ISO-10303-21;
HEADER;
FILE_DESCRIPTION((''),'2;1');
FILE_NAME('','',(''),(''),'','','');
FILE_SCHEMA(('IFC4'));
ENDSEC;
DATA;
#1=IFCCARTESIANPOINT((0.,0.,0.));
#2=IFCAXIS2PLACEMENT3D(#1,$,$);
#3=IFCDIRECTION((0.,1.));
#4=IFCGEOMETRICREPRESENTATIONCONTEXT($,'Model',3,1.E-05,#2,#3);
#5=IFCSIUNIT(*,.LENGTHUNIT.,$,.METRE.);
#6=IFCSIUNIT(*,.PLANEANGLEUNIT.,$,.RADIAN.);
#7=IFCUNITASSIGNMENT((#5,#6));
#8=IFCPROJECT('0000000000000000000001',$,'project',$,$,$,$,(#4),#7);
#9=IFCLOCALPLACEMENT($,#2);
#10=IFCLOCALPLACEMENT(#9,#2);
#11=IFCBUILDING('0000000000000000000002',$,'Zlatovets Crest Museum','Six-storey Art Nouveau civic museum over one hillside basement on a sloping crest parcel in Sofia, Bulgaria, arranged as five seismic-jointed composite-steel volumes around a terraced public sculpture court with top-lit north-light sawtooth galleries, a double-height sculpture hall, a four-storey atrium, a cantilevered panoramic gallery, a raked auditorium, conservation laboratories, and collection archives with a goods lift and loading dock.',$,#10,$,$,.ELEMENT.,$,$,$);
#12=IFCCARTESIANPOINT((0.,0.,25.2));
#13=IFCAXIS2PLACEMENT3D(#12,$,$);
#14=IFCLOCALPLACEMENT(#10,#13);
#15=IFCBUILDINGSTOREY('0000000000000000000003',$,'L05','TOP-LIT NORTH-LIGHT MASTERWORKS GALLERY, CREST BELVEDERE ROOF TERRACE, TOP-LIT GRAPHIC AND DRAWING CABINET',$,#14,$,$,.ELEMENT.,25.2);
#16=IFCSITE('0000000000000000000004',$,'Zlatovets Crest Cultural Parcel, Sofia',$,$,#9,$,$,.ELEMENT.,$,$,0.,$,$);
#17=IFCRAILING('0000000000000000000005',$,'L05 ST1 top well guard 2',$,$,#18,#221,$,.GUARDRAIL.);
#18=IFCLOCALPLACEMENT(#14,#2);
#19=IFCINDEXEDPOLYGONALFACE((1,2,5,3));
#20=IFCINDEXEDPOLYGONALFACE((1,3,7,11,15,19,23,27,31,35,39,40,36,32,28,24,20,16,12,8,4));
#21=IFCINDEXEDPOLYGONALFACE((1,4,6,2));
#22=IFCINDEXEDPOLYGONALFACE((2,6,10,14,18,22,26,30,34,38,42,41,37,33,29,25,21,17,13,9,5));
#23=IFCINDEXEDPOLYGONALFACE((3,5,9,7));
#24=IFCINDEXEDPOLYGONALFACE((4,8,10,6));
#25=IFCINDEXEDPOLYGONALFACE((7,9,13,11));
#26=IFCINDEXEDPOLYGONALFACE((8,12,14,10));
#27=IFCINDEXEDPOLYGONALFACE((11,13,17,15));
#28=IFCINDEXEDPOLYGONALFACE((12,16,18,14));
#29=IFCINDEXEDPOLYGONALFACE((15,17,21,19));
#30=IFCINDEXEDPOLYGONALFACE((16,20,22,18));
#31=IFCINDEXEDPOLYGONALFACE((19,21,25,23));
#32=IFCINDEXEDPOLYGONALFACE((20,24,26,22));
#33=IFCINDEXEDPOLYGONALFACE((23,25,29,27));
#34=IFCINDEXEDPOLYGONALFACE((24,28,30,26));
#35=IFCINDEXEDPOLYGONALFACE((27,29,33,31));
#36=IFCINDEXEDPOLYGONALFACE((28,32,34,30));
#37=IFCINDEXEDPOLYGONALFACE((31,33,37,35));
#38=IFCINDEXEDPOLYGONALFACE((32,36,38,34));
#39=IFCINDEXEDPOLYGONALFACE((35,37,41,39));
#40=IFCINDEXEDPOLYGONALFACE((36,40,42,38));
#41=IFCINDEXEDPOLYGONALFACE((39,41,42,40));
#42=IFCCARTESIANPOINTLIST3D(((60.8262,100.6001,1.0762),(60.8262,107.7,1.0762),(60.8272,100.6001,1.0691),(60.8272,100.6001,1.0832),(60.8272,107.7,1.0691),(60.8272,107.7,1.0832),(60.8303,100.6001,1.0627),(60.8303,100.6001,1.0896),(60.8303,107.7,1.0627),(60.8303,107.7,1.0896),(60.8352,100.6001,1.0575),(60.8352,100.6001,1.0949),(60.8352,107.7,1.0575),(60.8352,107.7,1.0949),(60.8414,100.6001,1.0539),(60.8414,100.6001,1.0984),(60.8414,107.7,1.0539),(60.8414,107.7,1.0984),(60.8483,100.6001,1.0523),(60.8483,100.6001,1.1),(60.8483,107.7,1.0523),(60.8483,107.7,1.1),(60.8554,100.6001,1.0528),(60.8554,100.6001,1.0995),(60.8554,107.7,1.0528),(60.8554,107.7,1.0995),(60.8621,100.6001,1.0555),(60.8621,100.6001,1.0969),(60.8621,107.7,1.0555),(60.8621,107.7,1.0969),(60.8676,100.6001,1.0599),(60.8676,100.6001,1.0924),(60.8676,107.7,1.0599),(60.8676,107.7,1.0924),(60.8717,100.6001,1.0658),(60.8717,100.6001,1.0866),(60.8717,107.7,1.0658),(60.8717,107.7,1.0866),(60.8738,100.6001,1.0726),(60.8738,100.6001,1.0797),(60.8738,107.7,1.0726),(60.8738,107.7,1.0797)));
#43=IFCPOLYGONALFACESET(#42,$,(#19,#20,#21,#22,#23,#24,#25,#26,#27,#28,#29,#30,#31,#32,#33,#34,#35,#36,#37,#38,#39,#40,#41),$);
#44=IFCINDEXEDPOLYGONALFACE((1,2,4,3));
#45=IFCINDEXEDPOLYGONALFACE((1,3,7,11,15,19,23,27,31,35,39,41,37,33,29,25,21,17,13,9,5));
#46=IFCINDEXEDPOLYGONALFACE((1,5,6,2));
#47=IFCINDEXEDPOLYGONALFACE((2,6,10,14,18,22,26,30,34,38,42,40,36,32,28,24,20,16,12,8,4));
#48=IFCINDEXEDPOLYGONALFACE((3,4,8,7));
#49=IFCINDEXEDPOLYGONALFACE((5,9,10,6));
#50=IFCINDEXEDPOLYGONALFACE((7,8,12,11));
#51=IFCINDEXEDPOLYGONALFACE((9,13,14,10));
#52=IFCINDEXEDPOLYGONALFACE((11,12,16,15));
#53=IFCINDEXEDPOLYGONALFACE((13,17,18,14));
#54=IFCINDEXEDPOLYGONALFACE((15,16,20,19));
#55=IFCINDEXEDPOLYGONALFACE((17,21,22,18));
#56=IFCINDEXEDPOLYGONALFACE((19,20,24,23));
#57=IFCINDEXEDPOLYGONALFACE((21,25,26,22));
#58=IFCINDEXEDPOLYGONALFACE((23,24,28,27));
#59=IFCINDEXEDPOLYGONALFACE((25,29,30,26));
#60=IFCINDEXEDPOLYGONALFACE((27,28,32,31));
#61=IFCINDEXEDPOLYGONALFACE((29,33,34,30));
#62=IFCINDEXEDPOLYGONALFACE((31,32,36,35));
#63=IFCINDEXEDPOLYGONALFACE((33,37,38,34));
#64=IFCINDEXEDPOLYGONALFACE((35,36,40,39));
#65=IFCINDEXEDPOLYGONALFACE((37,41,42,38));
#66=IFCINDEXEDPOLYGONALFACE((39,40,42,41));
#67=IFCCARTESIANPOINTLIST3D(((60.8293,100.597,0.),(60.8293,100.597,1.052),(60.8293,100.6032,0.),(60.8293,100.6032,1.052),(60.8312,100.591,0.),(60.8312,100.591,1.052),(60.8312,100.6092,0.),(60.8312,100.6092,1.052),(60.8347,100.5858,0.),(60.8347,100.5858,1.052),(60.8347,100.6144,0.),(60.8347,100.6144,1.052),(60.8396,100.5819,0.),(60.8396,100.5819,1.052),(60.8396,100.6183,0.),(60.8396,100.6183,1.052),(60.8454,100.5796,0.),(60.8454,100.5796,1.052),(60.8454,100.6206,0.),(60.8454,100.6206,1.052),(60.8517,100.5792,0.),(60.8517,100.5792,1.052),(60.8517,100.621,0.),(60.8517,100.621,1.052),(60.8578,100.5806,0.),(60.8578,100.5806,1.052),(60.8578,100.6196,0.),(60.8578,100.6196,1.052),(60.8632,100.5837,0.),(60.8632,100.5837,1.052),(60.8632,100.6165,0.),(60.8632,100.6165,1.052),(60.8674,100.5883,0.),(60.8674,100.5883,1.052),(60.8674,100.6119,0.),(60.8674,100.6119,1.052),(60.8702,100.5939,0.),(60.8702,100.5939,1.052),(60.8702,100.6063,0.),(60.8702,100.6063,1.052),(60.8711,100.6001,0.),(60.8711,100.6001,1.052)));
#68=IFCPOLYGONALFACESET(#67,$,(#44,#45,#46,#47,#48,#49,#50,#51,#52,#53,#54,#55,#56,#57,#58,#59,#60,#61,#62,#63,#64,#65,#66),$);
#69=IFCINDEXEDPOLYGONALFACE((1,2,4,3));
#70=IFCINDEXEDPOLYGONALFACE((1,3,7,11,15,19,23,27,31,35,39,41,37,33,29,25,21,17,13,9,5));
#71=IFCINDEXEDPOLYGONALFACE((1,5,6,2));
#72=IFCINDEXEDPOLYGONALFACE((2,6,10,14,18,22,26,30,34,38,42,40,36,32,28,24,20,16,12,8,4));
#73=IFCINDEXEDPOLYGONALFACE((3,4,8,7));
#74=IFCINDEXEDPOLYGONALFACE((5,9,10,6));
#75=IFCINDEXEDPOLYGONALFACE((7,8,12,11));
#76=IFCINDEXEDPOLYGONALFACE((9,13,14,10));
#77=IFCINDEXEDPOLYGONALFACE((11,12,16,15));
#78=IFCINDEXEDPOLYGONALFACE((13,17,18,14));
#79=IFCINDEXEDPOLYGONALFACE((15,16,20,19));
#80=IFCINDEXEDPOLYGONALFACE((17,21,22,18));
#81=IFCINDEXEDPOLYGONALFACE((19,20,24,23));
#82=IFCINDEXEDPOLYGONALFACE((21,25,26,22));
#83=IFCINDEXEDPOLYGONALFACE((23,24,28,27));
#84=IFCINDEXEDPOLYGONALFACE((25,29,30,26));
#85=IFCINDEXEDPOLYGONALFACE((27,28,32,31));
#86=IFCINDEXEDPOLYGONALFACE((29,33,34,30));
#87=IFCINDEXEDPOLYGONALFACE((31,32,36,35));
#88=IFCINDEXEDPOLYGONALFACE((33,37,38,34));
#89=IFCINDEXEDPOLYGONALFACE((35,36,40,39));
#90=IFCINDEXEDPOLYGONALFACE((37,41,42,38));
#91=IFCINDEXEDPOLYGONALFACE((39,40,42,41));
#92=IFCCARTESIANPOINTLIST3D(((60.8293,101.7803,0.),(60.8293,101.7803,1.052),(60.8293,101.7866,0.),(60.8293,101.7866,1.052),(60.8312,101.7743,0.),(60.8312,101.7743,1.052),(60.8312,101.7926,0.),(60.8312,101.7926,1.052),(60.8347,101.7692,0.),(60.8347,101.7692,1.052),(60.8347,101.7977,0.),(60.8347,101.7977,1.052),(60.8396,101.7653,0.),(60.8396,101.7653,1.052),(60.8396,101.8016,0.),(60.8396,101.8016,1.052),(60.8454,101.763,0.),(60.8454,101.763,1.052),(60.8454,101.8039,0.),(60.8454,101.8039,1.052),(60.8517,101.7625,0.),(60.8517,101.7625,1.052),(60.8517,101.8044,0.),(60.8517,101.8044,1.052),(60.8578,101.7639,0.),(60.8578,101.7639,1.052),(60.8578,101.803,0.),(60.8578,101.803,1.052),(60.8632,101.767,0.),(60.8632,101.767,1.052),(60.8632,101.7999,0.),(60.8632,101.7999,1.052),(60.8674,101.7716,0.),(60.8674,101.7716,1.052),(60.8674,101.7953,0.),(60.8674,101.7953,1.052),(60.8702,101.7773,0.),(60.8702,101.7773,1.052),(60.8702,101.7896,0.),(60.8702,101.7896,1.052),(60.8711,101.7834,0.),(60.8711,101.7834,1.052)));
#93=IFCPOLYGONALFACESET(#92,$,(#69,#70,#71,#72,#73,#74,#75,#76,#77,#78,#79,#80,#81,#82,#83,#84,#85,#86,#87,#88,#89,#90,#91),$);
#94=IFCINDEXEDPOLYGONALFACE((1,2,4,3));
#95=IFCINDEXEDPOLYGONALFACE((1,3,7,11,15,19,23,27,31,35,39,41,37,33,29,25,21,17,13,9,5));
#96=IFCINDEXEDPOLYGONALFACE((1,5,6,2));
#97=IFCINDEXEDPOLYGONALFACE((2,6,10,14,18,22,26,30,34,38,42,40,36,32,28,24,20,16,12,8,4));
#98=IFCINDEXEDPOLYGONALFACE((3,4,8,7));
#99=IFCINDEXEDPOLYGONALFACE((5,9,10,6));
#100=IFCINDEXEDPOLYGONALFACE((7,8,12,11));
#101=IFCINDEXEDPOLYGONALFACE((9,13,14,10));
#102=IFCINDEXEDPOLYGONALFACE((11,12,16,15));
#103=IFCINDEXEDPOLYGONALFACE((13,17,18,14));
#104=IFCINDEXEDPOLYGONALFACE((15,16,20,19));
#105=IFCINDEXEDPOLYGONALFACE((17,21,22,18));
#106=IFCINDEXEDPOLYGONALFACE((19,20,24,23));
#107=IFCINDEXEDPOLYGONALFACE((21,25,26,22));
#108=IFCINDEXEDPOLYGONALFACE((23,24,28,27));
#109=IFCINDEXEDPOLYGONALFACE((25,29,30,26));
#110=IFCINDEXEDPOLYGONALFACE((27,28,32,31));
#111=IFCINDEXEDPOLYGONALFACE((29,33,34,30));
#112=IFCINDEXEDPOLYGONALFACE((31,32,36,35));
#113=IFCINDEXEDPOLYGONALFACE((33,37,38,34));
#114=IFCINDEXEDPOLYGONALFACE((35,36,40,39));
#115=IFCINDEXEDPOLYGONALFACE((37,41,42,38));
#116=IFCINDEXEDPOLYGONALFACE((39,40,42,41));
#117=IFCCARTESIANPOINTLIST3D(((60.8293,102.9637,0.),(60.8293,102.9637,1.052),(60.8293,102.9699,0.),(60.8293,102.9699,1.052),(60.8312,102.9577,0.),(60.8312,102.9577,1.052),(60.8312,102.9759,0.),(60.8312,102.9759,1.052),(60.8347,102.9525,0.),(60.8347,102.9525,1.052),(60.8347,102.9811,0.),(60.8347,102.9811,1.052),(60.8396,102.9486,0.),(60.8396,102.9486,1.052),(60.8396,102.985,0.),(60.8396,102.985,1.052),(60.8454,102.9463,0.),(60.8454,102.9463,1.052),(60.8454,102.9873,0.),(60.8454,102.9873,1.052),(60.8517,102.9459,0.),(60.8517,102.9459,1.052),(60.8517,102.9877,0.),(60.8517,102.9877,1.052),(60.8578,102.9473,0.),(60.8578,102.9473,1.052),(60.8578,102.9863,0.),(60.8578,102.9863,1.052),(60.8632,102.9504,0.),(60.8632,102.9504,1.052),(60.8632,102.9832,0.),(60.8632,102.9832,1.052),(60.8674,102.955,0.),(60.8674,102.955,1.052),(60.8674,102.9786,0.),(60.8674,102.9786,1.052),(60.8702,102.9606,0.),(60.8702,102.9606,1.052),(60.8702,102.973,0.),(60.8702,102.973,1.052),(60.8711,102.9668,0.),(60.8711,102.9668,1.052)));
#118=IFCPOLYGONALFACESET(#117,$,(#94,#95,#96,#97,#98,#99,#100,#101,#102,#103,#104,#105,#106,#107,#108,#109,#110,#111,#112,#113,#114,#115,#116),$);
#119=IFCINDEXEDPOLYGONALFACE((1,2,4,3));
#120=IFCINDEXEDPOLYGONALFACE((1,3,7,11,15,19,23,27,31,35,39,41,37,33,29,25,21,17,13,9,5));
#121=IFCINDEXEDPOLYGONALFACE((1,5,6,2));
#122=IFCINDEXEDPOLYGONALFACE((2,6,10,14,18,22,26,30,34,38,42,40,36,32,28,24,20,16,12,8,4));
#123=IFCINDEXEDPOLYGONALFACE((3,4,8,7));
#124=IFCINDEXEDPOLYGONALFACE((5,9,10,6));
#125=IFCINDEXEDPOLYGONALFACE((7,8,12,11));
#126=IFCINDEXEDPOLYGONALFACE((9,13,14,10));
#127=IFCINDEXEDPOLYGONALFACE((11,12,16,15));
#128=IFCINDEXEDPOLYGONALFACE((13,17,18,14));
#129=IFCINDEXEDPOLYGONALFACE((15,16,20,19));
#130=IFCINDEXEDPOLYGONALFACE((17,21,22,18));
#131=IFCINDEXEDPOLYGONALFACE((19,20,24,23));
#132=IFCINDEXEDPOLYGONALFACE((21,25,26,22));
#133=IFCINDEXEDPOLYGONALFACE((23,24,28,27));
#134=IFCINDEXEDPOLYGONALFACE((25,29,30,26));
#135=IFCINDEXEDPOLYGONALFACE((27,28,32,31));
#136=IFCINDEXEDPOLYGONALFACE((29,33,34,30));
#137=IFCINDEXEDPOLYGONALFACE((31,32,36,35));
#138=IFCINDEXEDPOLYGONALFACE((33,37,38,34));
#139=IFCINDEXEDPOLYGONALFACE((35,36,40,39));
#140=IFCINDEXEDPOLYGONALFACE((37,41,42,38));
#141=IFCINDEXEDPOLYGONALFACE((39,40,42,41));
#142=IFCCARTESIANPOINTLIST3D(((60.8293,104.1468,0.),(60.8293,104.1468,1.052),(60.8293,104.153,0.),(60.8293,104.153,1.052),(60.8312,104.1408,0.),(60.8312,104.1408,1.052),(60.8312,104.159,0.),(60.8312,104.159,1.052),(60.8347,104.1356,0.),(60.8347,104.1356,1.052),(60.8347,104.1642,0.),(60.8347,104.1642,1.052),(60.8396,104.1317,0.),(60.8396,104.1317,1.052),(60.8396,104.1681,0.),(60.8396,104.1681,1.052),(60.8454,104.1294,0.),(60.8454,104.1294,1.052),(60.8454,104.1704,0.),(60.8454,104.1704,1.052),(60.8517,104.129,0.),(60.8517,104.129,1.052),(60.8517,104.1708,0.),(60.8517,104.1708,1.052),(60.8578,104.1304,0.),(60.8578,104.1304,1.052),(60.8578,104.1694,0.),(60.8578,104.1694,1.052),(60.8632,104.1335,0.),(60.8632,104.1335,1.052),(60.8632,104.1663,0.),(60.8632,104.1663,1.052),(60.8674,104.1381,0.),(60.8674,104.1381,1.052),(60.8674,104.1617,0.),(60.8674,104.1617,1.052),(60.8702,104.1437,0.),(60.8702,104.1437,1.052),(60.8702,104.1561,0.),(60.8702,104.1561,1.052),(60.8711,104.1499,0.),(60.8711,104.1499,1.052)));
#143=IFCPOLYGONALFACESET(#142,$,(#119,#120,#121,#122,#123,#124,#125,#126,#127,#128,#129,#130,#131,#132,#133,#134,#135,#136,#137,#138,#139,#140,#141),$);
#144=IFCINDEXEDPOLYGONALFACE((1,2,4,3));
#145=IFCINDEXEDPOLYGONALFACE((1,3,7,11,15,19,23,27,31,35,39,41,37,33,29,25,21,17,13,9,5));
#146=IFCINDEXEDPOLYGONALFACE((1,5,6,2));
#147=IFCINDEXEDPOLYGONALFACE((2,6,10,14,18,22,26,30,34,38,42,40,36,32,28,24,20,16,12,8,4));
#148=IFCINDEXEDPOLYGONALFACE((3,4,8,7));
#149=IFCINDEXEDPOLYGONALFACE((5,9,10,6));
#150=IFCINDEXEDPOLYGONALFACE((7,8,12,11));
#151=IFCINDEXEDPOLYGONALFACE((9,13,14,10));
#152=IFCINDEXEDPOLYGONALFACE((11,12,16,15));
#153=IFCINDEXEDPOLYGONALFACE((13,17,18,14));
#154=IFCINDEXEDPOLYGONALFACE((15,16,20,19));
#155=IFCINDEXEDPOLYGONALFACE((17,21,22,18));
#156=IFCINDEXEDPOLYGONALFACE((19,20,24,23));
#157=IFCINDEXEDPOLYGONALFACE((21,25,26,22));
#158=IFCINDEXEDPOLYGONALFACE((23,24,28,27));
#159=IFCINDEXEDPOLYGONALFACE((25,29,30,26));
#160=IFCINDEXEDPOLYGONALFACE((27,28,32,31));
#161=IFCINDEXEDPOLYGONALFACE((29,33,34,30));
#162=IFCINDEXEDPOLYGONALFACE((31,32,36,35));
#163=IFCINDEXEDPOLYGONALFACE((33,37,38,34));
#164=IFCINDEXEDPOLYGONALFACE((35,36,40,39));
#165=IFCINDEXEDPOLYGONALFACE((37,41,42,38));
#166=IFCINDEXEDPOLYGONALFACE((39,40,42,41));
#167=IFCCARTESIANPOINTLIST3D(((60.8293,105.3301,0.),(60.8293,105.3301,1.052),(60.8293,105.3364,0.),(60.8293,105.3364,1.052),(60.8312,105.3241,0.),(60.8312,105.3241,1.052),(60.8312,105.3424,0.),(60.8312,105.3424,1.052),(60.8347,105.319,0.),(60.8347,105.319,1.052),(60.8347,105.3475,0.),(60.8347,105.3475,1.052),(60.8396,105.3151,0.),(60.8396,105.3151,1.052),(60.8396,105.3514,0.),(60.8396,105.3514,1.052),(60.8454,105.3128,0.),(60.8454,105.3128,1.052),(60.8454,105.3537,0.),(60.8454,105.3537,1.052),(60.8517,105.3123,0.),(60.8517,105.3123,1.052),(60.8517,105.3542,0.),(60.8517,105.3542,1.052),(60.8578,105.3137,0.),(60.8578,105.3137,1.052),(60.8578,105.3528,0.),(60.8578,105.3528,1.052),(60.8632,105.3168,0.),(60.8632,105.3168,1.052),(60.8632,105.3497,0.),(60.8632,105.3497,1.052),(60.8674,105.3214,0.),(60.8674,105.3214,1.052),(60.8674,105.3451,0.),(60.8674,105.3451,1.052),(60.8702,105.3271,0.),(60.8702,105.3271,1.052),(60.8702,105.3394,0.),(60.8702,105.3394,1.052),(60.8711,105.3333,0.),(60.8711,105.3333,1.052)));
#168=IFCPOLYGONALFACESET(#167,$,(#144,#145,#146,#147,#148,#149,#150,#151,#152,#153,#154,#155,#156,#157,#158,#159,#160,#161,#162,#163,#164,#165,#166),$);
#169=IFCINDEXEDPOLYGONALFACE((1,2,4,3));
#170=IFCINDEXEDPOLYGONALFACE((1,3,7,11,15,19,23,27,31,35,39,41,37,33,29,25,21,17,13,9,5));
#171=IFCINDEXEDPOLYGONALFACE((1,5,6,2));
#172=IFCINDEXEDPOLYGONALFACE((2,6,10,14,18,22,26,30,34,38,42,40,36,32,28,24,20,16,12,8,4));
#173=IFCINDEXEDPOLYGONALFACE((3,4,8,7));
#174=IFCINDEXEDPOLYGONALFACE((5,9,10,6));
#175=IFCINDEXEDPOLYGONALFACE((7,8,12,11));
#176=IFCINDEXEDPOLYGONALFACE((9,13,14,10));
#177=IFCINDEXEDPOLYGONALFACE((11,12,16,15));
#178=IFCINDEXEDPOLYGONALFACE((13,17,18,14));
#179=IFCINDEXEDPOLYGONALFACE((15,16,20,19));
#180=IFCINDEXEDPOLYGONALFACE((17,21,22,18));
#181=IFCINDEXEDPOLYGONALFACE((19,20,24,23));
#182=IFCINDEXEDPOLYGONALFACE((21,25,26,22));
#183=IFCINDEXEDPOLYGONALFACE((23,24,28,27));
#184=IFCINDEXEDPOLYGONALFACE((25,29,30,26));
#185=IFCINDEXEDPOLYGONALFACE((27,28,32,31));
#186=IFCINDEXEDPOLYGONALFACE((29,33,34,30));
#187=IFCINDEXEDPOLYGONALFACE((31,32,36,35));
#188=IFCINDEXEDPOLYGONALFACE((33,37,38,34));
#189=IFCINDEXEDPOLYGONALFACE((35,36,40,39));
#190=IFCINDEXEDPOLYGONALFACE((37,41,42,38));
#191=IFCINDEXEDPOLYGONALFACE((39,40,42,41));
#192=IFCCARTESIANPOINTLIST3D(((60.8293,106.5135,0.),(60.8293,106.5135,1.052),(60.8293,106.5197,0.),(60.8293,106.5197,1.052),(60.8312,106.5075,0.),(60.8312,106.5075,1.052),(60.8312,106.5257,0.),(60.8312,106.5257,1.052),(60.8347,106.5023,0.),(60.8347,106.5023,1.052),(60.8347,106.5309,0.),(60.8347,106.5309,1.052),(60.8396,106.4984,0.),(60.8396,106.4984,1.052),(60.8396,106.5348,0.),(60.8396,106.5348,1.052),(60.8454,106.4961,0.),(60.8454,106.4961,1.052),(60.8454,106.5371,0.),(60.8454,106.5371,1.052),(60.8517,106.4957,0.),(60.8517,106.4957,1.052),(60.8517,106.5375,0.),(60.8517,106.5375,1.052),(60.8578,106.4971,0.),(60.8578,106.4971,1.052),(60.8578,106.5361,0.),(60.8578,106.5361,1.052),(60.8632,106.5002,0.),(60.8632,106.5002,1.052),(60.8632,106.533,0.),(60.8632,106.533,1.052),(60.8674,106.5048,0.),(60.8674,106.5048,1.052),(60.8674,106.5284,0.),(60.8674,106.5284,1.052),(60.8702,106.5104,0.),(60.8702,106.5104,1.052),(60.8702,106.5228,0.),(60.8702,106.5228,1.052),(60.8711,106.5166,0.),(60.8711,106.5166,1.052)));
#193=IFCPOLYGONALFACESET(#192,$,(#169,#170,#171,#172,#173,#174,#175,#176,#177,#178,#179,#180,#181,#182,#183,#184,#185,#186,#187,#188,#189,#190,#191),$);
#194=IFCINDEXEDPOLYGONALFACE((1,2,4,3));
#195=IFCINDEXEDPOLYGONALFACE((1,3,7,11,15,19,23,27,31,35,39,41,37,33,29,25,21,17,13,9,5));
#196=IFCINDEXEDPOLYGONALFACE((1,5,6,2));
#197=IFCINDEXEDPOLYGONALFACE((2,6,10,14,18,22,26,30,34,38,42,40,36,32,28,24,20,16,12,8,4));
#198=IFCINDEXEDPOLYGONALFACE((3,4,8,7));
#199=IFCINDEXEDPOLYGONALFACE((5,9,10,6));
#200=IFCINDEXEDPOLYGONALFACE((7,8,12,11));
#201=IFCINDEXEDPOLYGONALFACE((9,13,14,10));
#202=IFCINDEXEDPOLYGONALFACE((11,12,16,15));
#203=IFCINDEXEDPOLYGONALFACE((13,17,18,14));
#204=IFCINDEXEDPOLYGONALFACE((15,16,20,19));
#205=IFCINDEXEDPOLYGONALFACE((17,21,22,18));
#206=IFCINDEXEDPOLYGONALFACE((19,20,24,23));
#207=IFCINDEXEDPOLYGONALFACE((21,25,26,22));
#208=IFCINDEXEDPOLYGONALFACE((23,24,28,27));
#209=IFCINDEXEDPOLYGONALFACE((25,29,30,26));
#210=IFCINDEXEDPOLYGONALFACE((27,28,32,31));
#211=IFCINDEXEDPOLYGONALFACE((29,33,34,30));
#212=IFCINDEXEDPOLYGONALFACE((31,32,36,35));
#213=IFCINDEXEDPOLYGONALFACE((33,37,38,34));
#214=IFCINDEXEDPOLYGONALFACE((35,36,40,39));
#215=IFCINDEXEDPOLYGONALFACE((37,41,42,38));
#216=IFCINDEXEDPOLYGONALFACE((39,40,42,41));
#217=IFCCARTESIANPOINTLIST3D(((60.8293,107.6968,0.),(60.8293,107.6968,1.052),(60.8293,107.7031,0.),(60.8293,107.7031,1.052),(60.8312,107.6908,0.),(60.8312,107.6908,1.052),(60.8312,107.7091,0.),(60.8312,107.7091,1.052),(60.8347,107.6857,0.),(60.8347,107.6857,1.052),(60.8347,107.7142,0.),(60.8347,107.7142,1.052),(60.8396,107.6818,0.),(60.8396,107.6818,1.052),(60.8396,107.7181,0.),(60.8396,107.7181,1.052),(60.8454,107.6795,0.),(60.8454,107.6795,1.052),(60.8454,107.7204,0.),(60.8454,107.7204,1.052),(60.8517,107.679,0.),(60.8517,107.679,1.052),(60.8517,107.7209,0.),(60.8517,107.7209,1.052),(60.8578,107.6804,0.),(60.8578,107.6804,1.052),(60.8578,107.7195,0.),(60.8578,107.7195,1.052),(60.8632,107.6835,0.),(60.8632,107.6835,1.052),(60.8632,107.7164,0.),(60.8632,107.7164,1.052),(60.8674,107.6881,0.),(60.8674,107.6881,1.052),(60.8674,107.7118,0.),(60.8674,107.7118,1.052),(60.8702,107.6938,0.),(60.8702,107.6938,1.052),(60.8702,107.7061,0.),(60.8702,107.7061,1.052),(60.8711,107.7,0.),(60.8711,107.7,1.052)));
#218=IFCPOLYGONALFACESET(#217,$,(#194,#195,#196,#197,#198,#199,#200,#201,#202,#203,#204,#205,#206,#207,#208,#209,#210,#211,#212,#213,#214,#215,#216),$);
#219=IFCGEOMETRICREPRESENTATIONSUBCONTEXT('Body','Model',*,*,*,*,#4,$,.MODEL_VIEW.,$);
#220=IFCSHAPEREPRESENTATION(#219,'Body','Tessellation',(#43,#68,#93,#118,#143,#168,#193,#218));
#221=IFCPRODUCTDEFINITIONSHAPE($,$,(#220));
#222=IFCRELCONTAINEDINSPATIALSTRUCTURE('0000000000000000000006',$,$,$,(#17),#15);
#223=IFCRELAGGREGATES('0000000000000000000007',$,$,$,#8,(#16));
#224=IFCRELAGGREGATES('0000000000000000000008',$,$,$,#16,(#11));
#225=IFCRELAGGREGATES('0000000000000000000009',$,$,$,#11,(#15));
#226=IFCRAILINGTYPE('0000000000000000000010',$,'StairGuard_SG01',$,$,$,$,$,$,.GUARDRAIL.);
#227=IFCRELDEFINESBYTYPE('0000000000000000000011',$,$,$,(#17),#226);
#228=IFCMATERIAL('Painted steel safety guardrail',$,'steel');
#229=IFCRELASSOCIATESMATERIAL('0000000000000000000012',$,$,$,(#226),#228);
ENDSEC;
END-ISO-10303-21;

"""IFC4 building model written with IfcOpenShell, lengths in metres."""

from ifc_helpers import new_model, si_unit, direction, frame, origin, origin_2d, place, context, subcontext, project, spatial, circle, extrude, material, type_object, element, save


model = new_model("IFC4")

# Units and contexts
model_context = context("Model", 3, precision=1e-05, world=origin(), true_north=direction((0.0, 1.0)))
body_context = subcontext(model_context, "Body", "Model", "MODEL_VIEW")
ifc_project = project(units=[si_unit("LENGTHUNIT", "METRE"), si_unit("PLANEANGLEUNIT", "RADIAN")], contexts=[model_context])

# Site, building, storey
site_placement = place(None, origin())
site = spatial("IfcSite", under=ifc_project, at=site_placement, Name="Zlatovets Crest Cultural Parcel, Sofia", CompositionType="ELEMENT", RefElevation=0.0)
building_placement = place(site_placement, origin())
building = spatial("IfcBuilding", under=site, at=building_placement, Name="Zlatovets Crest Museum", Description="Six-storey Art Nouveau civic museum over one hillside basement on a sloping crest parcel in Sofia, Bulgaria, arranged as five seismic-jointed composite-steel volumes around a terraced public sculpture court with top-lit north-light sawtooth galleries, a double-height sculpture hall, a four-storey atrium, a cantilevered panoramic gallery, a raked auditorium, conservation laboratories, and collection archives with a goods lift and loading dock.", CompositionType="ELEMENT")
storey_placement = place(building_placement, frame((0.0, 0.0, 25.2)))
storey = spatial("IfcBuildingStorey", under=building, at=storey_placement, Name="L05", Description="TOP-LIT NORTH-LIGHT MASTERWORKS GALLERY, CREST BELVEDERE ROOF TERRACE, TOP-LIT GRAPHIC AND DRAWING CABINET", CompositionType="ELEMENT", Elevation=25.2)

# Railing
ifc_material_1 = material(Name="Painted steel safety guardrail", Category="steel")
railing_type = type_object("IfcRailingType", Name="StairGuard_SG01", PredefinedType="GUARDRAIL", material=ifc_material_1)
railing_1_placement = place(storey_placement, frame((60.8501, 100.6001, 0.0)))
element("IfcRailing", 1, at=railing_1_placement, inside=storey, type_object=railing_type, Name="L05 ST1 top well guard 2", PredefinedType="GUARDRAIL", context=body_context, shape_type="SweptSolid", body=[
    extrude(circle(Radius=0.0239, at=origin_2d()), frame((0.0, 0.0, 1.0762), z_axis=(0.0, 1.0, 0.0), x_axis=(-1.0, 0.0, 0.0)), (0.0, 0.0, 1.0), 7.0999),
    extrude(circle(Radius=0.021, at=origin_2d()), origin(), (0.0, 0.0, 1.0), 1.052),
    extrude(circle(Radius=0.021, at=origin_2d()), frame((0.0, 1.1833, 0.0)), (0.0, 0.0, 1.0), 1.052),
    extrude(circle(Radius=0.021, at=origin_2d()), frame((0.0, 2.3667, 0.0)), (0.0, 0.0, 1.0), 1.052),
    extrude(circle(Radius=0.021, at=origin_2d()), frame((0.0, 3.5498, 0.0)), (0.0, 0.0, 1.0), 1.052),
    extrude(circle(Radius=0.021, at=origin_2d()), frame((0.0, 4.7332, 0.0)), (0.0, 0.0, 1.0), 1.052),
    extrude(circle(Radius=0.021, at=origin_2d()), frame((0.0, 5.9165, 0.0)), (0.0, 0.0, 1.0), 1.052),
    extrude(circle(Radius=0.021, at=origin_2d()), frame((0.0, 7.0999, 0.0)), (0.0, 0.0, 1.0), 1.052),
])

save(model, "model.ifc")
